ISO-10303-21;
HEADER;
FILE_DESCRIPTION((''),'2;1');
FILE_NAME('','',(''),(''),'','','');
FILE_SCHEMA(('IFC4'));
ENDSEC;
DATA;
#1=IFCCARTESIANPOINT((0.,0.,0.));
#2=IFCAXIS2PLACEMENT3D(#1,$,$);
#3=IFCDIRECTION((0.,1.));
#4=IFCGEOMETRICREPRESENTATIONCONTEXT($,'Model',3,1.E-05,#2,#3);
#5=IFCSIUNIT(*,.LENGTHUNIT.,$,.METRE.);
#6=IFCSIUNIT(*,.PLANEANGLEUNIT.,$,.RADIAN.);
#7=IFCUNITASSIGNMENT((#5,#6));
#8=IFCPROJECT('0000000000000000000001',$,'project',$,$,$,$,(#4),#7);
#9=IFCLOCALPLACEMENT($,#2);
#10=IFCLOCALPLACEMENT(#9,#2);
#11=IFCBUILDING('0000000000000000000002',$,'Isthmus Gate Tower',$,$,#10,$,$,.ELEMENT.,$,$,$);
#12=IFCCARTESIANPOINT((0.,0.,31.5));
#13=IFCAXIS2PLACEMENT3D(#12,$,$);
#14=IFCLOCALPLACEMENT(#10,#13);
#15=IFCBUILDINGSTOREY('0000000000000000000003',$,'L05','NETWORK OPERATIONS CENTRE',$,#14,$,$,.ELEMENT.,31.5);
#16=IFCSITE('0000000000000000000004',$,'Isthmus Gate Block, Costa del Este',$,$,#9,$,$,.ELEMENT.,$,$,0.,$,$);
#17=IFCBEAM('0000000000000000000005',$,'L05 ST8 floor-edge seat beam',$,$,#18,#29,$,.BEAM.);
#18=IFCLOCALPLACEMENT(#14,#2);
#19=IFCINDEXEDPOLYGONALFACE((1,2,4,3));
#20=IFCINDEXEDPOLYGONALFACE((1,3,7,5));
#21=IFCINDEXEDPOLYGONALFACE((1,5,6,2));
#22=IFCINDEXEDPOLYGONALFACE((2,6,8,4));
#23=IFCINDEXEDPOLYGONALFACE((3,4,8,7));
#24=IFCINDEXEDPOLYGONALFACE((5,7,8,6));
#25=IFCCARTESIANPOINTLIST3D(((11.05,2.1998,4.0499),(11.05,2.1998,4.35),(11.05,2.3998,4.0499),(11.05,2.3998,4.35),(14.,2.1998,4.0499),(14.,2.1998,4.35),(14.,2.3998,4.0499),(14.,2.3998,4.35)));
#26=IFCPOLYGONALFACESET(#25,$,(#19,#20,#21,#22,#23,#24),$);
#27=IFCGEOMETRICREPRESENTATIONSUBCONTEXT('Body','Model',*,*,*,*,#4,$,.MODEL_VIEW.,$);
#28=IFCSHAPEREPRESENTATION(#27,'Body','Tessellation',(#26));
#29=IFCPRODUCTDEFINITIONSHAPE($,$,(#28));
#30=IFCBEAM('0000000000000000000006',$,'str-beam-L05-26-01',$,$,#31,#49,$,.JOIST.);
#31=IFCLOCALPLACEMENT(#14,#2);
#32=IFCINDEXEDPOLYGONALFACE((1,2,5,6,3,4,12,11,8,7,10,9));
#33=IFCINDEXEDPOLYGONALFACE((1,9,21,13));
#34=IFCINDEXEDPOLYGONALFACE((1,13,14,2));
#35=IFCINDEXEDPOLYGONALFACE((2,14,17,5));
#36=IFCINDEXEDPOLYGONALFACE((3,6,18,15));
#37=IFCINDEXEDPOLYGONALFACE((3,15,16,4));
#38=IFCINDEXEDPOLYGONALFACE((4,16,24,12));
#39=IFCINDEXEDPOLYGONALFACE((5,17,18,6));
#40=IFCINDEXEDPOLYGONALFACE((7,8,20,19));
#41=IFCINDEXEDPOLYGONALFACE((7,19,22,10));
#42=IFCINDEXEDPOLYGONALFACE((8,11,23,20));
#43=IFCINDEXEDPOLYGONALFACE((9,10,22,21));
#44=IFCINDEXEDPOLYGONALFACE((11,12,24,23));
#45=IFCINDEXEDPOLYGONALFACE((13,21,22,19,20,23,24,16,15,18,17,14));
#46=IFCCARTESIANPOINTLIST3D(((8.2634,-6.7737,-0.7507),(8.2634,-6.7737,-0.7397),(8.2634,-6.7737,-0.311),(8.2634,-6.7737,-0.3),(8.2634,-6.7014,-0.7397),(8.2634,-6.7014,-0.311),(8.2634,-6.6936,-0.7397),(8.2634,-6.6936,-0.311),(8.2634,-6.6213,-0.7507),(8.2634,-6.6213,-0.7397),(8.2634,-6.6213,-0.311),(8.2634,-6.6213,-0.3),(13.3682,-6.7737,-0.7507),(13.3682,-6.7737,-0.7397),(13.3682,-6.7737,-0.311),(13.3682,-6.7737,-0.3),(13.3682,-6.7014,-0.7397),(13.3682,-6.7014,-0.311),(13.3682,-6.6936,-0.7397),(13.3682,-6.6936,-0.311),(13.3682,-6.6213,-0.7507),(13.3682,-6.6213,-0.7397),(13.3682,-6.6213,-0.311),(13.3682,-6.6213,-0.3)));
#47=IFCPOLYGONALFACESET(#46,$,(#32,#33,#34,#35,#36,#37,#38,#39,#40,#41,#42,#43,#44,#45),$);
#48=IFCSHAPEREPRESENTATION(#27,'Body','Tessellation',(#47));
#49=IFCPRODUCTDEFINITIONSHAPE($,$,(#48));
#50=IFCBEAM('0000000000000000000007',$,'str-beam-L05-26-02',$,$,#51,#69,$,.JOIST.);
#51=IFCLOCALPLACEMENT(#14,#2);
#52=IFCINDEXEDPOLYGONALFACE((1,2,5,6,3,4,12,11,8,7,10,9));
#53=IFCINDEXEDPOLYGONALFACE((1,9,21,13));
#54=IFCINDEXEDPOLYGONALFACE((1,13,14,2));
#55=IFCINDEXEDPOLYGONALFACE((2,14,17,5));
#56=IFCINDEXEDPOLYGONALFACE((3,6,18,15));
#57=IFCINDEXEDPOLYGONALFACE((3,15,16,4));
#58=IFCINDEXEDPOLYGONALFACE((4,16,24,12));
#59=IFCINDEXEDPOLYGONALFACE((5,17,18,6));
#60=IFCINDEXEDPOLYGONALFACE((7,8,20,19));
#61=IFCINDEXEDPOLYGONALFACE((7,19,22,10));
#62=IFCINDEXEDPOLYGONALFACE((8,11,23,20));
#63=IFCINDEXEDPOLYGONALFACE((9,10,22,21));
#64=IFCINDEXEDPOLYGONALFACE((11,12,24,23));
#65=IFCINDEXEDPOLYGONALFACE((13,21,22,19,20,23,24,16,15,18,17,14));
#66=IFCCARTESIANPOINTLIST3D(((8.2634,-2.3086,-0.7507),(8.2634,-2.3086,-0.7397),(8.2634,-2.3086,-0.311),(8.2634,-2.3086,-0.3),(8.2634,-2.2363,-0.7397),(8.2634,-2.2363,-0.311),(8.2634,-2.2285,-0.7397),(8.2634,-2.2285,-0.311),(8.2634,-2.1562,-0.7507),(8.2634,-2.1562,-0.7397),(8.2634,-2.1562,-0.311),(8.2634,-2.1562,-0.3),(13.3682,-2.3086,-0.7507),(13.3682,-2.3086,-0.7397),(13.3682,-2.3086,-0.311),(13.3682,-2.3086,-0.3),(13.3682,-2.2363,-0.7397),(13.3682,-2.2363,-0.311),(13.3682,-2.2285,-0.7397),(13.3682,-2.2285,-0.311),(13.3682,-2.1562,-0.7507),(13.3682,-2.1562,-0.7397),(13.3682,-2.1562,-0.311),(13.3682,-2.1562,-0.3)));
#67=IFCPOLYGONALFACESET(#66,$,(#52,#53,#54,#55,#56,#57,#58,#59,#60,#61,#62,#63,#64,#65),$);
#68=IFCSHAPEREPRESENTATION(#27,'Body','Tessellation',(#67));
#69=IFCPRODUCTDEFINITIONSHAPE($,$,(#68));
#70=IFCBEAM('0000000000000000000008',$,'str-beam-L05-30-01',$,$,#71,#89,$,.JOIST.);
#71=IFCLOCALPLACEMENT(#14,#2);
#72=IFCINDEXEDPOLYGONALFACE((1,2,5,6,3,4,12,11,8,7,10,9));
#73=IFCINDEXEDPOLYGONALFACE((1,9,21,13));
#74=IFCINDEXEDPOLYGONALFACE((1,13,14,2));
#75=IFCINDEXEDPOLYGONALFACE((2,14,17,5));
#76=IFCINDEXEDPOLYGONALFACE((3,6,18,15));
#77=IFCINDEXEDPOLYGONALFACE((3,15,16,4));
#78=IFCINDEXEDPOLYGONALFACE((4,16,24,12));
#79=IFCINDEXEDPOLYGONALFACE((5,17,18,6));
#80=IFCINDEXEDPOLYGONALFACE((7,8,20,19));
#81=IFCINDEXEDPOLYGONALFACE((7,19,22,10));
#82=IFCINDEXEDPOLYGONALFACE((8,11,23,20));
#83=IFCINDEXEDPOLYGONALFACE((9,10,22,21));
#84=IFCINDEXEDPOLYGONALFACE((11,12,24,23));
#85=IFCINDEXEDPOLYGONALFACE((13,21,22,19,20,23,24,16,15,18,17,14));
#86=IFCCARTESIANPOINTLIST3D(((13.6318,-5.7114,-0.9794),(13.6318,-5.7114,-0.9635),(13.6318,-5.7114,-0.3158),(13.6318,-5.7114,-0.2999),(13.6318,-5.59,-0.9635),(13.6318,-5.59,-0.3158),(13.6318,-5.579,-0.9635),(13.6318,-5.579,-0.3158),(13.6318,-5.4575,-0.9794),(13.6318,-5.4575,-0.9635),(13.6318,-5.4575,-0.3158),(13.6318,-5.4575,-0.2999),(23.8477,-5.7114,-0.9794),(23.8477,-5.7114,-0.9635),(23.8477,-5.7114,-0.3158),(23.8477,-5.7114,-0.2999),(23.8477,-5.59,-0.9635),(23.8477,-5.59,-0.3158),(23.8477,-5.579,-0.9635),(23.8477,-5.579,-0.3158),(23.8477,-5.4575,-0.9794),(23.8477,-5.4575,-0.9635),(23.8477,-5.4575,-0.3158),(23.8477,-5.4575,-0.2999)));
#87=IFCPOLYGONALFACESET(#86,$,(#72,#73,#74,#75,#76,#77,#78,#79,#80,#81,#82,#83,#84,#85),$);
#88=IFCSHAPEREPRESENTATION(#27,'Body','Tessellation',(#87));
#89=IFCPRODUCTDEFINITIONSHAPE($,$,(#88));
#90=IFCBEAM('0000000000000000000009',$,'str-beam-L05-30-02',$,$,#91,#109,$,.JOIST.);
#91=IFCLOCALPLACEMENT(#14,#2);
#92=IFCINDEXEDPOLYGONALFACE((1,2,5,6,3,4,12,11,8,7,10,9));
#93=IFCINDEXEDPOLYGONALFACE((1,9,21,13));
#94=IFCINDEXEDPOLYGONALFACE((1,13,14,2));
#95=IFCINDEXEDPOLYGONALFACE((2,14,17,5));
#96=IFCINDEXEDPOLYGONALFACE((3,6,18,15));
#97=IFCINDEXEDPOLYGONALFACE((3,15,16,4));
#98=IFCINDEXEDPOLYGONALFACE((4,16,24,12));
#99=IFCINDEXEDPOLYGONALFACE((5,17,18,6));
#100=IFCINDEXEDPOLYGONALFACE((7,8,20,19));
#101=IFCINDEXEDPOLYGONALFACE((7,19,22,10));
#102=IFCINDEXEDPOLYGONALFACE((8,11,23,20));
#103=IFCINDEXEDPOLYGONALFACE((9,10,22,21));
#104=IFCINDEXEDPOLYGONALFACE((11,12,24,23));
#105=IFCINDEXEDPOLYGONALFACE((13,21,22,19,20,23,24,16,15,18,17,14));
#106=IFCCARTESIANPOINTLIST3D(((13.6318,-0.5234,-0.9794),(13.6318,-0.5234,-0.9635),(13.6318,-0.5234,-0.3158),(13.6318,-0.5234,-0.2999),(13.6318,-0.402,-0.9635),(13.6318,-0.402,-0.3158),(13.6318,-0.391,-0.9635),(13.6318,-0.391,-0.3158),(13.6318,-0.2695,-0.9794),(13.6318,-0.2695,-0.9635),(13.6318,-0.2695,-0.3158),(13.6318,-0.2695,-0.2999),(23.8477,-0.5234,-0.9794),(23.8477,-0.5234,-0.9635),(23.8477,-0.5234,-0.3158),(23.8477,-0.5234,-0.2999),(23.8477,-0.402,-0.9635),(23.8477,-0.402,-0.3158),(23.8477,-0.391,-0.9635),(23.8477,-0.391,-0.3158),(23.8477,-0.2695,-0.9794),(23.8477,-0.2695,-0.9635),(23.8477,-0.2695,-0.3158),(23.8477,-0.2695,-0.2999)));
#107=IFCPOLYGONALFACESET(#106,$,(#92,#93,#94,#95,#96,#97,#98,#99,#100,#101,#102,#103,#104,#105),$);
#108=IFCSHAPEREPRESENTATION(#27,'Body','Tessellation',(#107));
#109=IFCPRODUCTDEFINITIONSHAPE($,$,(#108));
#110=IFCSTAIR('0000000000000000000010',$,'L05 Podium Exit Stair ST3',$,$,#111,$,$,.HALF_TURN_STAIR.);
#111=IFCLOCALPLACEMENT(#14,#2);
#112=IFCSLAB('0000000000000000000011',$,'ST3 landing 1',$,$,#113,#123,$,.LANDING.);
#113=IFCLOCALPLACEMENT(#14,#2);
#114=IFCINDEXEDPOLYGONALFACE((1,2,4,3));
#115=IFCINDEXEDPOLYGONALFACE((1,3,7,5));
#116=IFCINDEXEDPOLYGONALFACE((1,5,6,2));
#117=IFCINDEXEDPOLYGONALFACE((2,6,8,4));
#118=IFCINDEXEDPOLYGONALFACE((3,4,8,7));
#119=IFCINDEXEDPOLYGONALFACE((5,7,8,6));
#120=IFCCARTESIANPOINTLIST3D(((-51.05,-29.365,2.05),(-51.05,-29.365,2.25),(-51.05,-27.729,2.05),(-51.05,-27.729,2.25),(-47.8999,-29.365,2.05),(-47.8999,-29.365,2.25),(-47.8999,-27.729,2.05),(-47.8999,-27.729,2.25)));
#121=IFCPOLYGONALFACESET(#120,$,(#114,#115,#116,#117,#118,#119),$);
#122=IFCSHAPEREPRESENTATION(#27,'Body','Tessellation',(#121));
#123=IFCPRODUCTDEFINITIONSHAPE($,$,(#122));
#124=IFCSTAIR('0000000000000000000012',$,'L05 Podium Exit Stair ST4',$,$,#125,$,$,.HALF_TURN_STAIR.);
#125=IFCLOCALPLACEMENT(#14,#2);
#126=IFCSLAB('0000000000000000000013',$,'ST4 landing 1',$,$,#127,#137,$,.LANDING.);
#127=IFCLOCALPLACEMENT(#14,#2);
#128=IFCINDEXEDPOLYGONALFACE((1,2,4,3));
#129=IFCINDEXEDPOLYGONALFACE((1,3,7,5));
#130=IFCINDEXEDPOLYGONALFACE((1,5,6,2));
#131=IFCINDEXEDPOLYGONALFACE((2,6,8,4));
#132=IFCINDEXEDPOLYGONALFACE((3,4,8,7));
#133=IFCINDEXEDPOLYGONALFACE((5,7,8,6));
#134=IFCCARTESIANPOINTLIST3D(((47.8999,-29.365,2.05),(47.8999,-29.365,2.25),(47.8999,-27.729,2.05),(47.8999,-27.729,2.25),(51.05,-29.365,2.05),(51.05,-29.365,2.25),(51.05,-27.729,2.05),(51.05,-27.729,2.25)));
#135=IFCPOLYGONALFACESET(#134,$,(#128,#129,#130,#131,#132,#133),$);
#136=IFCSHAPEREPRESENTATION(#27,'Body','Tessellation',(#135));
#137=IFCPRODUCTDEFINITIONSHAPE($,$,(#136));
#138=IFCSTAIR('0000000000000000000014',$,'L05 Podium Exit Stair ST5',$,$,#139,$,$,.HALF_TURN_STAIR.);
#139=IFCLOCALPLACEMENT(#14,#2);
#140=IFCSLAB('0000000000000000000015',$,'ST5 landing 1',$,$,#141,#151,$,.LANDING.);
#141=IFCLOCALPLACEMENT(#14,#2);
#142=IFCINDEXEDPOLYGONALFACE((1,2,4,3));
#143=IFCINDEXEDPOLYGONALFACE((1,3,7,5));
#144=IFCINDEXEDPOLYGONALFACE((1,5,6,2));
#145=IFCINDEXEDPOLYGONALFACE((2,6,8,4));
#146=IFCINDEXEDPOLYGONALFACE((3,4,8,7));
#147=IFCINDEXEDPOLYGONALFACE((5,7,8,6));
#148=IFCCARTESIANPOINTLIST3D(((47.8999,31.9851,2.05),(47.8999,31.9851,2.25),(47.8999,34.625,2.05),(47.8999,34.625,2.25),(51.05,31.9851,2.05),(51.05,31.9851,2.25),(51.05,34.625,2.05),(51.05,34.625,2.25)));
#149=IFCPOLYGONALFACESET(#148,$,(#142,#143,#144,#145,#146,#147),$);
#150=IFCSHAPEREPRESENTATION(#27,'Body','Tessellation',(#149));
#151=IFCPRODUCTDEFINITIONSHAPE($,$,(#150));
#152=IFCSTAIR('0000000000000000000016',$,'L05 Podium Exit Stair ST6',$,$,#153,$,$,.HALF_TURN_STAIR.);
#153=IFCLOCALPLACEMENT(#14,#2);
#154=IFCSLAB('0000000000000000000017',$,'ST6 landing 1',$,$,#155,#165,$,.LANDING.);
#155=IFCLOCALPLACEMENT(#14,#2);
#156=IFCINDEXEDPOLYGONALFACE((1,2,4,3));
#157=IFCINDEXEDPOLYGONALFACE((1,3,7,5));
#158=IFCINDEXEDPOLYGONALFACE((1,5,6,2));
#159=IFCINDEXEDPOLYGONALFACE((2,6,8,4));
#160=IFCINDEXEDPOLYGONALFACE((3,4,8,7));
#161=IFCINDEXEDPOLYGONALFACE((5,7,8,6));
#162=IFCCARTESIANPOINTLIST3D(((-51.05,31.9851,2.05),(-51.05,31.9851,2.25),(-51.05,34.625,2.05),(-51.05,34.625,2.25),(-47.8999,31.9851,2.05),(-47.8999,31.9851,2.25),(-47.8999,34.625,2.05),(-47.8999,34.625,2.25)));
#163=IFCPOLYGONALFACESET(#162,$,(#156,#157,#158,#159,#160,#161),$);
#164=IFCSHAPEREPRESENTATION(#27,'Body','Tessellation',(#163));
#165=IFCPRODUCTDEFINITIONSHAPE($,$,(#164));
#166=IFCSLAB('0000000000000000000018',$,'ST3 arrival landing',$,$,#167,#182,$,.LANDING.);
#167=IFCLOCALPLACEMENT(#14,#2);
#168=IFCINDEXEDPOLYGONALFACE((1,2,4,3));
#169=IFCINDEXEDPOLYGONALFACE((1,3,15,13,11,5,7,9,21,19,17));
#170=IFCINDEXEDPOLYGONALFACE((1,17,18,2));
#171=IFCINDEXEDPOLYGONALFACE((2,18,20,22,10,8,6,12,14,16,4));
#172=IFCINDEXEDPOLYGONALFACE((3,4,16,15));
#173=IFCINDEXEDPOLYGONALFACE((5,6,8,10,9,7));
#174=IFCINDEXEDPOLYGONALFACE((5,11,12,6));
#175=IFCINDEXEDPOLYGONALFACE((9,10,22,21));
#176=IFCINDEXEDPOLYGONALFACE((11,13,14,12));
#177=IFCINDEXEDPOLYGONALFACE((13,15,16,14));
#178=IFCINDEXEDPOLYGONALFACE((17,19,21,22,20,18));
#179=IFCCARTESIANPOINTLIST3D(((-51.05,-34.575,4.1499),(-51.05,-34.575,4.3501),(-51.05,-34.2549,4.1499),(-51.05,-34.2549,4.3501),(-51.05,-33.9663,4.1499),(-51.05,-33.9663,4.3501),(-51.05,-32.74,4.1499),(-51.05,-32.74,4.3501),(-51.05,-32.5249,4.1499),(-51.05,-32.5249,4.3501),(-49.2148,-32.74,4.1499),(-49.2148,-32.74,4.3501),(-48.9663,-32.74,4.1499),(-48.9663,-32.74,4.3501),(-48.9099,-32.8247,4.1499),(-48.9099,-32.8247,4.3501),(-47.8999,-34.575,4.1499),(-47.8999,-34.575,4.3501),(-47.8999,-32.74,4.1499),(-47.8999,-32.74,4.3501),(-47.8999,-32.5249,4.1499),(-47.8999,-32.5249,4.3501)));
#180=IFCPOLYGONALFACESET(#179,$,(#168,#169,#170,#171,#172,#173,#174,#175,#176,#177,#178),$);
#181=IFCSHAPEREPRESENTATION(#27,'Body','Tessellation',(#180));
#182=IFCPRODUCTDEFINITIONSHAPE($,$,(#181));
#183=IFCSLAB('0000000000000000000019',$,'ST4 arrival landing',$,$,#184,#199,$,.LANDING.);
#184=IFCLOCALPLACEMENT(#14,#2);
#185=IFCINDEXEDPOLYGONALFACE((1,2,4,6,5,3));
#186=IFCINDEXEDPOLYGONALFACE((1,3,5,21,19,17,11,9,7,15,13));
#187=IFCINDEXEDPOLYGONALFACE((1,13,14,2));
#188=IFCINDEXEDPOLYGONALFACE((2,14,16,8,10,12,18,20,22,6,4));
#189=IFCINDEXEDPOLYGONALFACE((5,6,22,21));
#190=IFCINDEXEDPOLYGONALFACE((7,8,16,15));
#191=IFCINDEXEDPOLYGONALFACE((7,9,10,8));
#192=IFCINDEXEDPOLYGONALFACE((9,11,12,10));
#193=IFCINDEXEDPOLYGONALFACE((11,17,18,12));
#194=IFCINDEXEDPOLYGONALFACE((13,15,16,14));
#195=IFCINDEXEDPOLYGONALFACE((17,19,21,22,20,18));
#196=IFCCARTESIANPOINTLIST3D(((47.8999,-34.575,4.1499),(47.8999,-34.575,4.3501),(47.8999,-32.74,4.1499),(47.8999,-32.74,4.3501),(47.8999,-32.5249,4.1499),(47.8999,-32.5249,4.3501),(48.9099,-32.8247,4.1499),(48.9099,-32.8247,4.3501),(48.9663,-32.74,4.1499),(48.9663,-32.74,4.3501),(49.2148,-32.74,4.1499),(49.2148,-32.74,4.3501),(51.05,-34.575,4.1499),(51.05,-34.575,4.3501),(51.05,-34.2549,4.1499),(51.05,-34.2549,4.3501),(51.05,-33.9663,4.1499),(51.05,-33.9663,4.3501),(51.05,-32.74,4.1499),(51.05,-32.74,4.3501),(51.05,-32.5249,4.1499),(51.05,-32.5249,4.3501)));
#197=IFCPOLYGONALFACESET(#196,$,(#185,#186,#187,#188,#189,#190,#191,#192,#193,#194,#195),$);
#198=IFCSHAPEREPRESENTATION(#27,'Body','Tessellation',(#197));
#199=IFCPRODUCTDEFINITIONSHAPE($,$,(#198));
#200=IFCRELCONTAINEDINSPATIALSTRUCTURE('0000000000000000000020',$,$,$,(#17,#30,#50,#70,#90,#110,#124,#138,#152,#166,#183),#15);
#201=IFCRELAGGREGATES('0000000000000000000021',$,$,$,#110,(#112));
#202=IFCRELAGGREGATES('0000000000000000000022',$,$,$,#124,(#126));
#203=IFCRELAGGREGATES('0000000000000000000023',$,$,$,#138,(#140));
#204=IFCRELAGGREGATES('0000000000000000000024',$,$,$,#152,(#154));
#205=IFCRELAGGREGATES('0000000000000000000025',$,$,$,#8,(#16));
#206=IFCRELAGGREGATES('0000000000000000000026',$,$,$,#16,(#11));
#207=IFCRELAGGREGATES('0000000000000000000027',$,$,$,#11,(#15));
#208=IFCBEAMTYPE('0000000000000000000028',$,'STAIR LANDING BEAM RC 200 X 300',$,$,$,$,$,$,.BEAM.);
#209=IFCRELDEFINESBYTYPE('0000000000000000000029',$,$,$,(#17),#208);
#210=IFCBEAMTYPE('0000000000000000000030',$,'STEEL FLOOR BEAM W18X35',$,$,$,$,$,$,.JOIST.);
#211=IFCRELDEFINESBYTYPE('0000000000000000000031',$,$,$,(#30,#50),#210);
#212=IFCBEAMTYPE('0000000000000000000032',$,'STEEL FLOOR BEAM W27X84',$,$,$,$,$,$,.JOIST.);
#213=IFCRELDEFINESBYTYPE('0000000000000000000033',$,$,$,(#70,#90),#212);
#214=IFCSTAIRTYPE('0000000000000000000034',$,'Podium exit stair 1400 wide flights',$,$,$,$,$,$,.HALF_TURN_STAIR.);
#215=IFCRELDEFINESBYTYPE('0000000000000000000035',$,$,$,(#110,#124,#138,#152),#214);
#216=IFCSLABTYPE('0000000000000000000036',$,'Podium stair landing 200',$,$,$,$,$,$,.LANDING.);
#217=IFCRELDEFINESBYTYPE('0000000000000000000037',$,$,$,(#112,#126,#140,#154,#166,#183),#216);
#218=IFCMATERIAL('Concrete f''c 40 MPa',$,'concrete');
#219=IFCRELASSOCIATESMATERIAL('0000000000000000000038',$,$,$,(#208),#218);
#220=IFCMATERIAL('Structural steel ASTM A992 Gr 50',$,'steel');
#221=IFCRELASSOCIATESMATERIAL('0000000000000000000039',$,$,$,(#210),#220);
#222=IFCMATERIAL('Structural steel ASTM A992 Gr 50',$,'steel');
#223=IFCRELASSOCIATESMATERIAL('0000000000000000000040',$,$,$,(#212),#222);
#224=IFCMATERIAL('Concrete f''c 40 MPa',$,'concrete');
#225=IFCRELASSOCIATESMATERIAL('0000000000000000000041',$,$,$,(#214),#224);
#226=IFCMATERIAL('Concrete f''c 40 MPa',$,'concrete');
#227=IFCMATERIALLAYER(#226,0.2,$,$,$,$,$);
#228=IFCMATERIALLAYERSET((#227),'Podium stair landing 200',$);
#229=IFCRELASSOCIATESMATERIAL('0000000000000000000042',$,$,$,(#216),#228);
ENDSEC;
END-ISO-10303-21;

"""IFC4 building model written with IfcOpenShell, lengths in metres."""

from ifc_helpers import new_model, si_unit, direction, frame, origin, origin_2d, place, context, subcontext, project, spatial, polyline, rectangle, i_section, outline, extrude, material, layer, layer_set, material_profile, profile_set, type_object, element, aggregate, save


model = new_model("IFC4")

# Units and contexts
model_context = context("Model", 3, precision=1e-05, world=origin(), true_north=direction((0.0, 1.0)))
body_context = subcontext(model_context, "Body", "Model", "MODEL_VIEW")
ifc_project = project(units=[si_unit("LENGTHUNIT", "METRE"), si_unit("PLANEANGLEUNIT", "RADIAN")], contexts=[model_context])

# Site, building, storey
site_placement = place(None, origin())
site = spatial("IfcSite", under=ifc_project, at=site_placement, Name="Isthmus Gate Block, Costa del Este", CompositionType="ELEMENT", RefElevation=0.0)
building_placement = place(site_placement, origin())
building = spatial("IfcBuilding", under=site, at=building_placement, Name="Isthmus Gate Tower", CompositionType="ELEMENT")
storey_placement = place(building_placement, frame((0.0, 0.0, 31.5)))
storey = spatial("IfcBuildingStorey", under=building, at=storey_placement, Name="L05", Description="NETWORK OPERATIONS CENTRE", CompositionType="ELEMENT", Elevation=31.5)

# Beams
ifc_material_1 = material(Name="Concrete f'c 40 MPa", Category="concrete")
ifc_material_profile_1 = material_profile(ifc_material_1, rectangle(XDim=0.2, YDim=0.3, at=origin_2d()), Name="STAIR LANDING BEAM RC 200 X 300")
ifc_profile_set_1 = profile_set([ifc_material_profile_1], Name="Concrete f'c 40 MPa")
beam_type_1 = type_object("IfcBeamType", Name="STAIR LANDING BEAM RC 200 X 300", PredefinedType="BEAM", material=ifc_profile_set_1)
beam_placement = place(storey_placement, frame((11.05, 2.2998, 4.2), z_axis=(1.0, 0.0, 0.0), x_axis=(0.0, 1.0, 0.0)))
element("IfcBeam", 1, at=beam_placement, inside=storey, type_object=beam_type_1, Name="L05 ST8 floor-edge seat beam", PredefinedType="BEAM", context=body_context, shape_type="SweptSolid", body=[
    extrude(rectangle(XDim=0.2, YDim=0.3, at=origin_2d()), origin(), (0.0, 0.0, 1.0), 2.95),
])
ifc_material_2 = material(Name="Structural steel ASTM A992 Gr 50", Category="steel")
ifc_material_profile_2 = material_profile(ifc_material_2, i_section(OverallWidth=0.1523, OverallDepth=0.4507, WebThickness=0.0078, FlangeThickness=0.011, at=origin_2d()), Name="W18X35")
ifc_profile_set_2 = profile_set([ifc_material_profile_2], Name="Structural steel ASTM A992 Gr 50")
beam_type_2 = type_object("IfcBeamType", Name="STEEL FLOOR BEAM W18X35", PredefinedType="JOIST", material=ifc_profile_set_2)
for number, where, z_axis, x_axis, name in (
    (2, (8.2634, -6.6975, -0.5254), (1.0, 0.0, 0.0), (0.0, 1.0, 0.0), "str-beam-L05-26-01"),
    (3, (8.2634, -2.2324, -0.5254), (1.0, 0.0, 0.0), (0.0, 1.0, 0.0), "str-beam-L05-26-02"),
):
    element("IfcBeam", number, at=place(storey_placement, frame(where, z_axis=z_axis, x_axis=x_axis)), inside=storey, type_object=beam_type_2, Name=name, PredefinedType="JOIST", context=body_context, shape_type="SweptSolid", body=[
        extrude(i_section(OverallWidth=0.1523, OverallDepth=0.4507, WebThickness=0.0078, FlangeThickness=0.011, at=origin_2d()), origin(), (0.0, 0.0, 1.0), 5.1047),
    ])
ifc_material_3 = material(Name="Structural steel ASTM A992 Gr 50", Category="steel")
ifc_material_profile_3 = material_profile(ifc_material_3, i_section(OverallWidth=0.2539, OverallDepth=0.6794, WebThickness=0.011, FlangeThickness=0.0159, at=origin_2d()), Name="W27X84")
ifc_profile_set_3 = profile_set([ifc_material_profile_3], Name="Structural steel ASTM A992 Gr 50")
beam_type_3 = type_object("IfcBeamType", Name="STEEL FLOOR BEAM W27X84", PredefinedType="JOIST", material=ifc_profile_set_3)
for number, where, z_axis, x_axis, name in (
    (4, (13.6318, -5.5845, -0.6396), (1.0, 0.0, 0.0), (0.0, 1.0, 0.0), "str-beam-L05-30-01"),
    (5, (13.6318, -0.3965, -0.6396), (1.0, 0.0, 0.0), (0.0, 1.0, 0.0), "str-beam-L05-30-02"),
):
    element("IfcBeam", number, at=place(storey_placement, frame(where, z_axis=z_axis, x_axis=x_axis)), inside=storey, type_object=beam_type_3, Name=name, PredefinedType="JOIST", context=body_context, shape_type="SweptSolid", body=[
        extrude(i_section(OverallWidth=0.2539, OverallDepth=0.6794, WebThickness=0.011, FlangeThickness=0.0159, at=origin_2d()), origin(), (0.0, 0.0, 1.0), 10.2158),
    ])

# Stairs, slabs
ifc_material_4 = material(Name="Concrete f'c 40 MPa", Category="concrete")
stair_type_1 = type_object("IfcStairType", Name="Podium exit stair 1400 wide flights", PredefinedType="HALF_TURN_STAIR", material=ifc_material_4)
stair_1_placement = place(storey_placement, origin())
stair_1 = element("IfcStair", 6, at=stair_1_placement, inside=storey, type_object=stair_type_1, Name="L05 Podium Exit Stair ST3", PredefinedType="HALF_TURN_STAIR")
ifc_material_5 = material(Name="Concrete f'c 40 MPa", Category="concrete")
ifc_layer_1 = layer(ifc_material_5, 0.2)
ifc_layer_set_1 = layer_set([ifc_layer_1], Name="Podium stair landing 200")
slab_type_1 = type_object("IfcSlabType", Name="Podium stair landing 200", PredefinedType="LANDING", material=ifc_layer_set_1)
slab_1_placement = place(storey_placement, frame((0.0, 0.0, 2.05)))
slab_1 = element("IfcSlab", 7, at=slab_1_placement, type_object=slab_type_1, Name="ST3 landing 1", PredefinedType="LANDING", context=body_context, shape_type="SweptSolid", body=[
    extrude(outline(polyline([(-47.8999, -29.365), (-47.8999, -27.729), (-51.05, -27.729), (-51.05, -29.365), (-47.8999, -29.365)])), origin(), (0.0, 0.0, 1.0), 0.2),
])
aggregate(stair_1, [slab_1])
stair_2_placement = place(storey_placement, origin())
stair_2 = element("IfcStair", 8, at=stair_2_placement, inside=storey, type_object=stair_type_1, Name="L05 Podium Exit Stair ST4", PredefinedType="HALF_TURN_STAIR")
slab_2_placement = place(storey_placement, frame((0.0, 0.0, 2.05)))
slab_2 = element("IfcSlab", 9, at=slab_2_placement, type_object=slab_type_1, Name="ST4 landing 1", PredefinedType="LANDING", context=body_context, shape_type="SweptSolid", body=[
    extrude(outline(polyline([(51.05, -29.365), (51.05, -27.729), (47.8999, -27.729), (47.8999, -29.365), (51.05, -29.365)])), origin(), (0.0, 0.0, 1.0), 0.2),
])
aggregate(stair_2, [slab_2])
stair_3_placement = place(storey_placement, origin())
stair_3 = element("IfcStair", 10, at=stair_3_placement, inside=storey, type_object=stair_type_1, Name="L05 Podium Exit Stair ST5", PredefinedType="HALF_TURN_STAIR")
slab_3_placement = place(storey_placement, frame((0.0, 0.0, 2.05)))
slab_3 = element("IfcSlab", 11, at=slab_3_placement, type_object=slab_type_1, Name="ST5 landing 1", PredefinedType="LANDING", context=body_context, shape_type="SweptSolid", body=[
    extrude(outline(polyline([(51.05, 31.9851), (51.05, 34.625), (47.8999, 34.625), (47.8999, 31.9851), (51.05, 31.9851)])), origin(), (0.0, 0.0, 1.0), 0.2),
])
aggregate(stair_3, [slab_3])
stair_4_placement = place(storey_placement, origin())
stair_4 = element("IfcStair", 12, at=stair_4_placement, inside=storey, type_object=stair_type_1, Name="L05 Podium Exit Stair ST6", PredefinedType="HALF_TURN_STAIR")
slab_4_placement = place(storey_placement, frame((0.0, 0.0, 2.05)))
slab_4 = element("IfcSlab", 13, at=slab_4_placement, type_object=slab_type_1, Name="ST6 landing 1", PredefinedType="LANDING", context=body_context, shape_type="SweptSolid", body=[
    extrude(outline(polyline([(-47.8999, 31.9851), (-47.8999, 34.625), (-51.05, 34.625), (-51.05, 31.9851), (-47.8999, 31.9851)])), origin(), (0.0, 0.0, 1.0), 0.2),
])
aggregate(stair_4, [slab_4])

# Slabs
slab_5_placement = place(storey_placement, frame((0.0, 0.0, 4.1499)))
element("IfcSlab", 14, at=slab_5_placement, inside=storey, type_object=slab_type_1, Name="ST3 arrival landing", PredefinedType="LANDING", context=body_context, shape_type="SweptSolid", body=[
    extrude(outline(polyline([(-47.8999, -32.5249), (-47.8999, -32.74), (-47.8999, -34.575), (-51.05, -34.575), (-51.05, -34.2549), (-48.9099, -32.8247), (-48.9663, -32.74), (-49.2148, -32.74), (-51.05, -33.9663), (-51.05, -32.74), (-51.05, -32.5249), (-47.8999, -32.5249)])), origin(), (0.0, 0.0, 1.0), 0.2002),
])
slab_6_placement = place(storey_placement, frame((0.0, 0.0, 4.1499)))
element("IfcSlab", 15, at=slab_6_placement, inside=storey, type_object=slab_type_1, Name="ST4 arrival landing", PredefinedType="LANDING", context=body_context, shape_type="SweptSolid", body=[
    extrude(outline(polyline([(47.8999, -34.575), (47.8999, -32.74), (47.8999, -32.5249), (51.05, -32.5249), (51.05, -32.74), (51.05, -33.9663), (49.2148, -32.74), (48.9663, -32.74), (48.9099, -32.8247), (51.05, -34.2549), (51.05, -34.575), (47.8999, -34.575)])), origin(), (0.0, 0.0, 1.0), 0.2002),
])

save(model, "model.ifc")
